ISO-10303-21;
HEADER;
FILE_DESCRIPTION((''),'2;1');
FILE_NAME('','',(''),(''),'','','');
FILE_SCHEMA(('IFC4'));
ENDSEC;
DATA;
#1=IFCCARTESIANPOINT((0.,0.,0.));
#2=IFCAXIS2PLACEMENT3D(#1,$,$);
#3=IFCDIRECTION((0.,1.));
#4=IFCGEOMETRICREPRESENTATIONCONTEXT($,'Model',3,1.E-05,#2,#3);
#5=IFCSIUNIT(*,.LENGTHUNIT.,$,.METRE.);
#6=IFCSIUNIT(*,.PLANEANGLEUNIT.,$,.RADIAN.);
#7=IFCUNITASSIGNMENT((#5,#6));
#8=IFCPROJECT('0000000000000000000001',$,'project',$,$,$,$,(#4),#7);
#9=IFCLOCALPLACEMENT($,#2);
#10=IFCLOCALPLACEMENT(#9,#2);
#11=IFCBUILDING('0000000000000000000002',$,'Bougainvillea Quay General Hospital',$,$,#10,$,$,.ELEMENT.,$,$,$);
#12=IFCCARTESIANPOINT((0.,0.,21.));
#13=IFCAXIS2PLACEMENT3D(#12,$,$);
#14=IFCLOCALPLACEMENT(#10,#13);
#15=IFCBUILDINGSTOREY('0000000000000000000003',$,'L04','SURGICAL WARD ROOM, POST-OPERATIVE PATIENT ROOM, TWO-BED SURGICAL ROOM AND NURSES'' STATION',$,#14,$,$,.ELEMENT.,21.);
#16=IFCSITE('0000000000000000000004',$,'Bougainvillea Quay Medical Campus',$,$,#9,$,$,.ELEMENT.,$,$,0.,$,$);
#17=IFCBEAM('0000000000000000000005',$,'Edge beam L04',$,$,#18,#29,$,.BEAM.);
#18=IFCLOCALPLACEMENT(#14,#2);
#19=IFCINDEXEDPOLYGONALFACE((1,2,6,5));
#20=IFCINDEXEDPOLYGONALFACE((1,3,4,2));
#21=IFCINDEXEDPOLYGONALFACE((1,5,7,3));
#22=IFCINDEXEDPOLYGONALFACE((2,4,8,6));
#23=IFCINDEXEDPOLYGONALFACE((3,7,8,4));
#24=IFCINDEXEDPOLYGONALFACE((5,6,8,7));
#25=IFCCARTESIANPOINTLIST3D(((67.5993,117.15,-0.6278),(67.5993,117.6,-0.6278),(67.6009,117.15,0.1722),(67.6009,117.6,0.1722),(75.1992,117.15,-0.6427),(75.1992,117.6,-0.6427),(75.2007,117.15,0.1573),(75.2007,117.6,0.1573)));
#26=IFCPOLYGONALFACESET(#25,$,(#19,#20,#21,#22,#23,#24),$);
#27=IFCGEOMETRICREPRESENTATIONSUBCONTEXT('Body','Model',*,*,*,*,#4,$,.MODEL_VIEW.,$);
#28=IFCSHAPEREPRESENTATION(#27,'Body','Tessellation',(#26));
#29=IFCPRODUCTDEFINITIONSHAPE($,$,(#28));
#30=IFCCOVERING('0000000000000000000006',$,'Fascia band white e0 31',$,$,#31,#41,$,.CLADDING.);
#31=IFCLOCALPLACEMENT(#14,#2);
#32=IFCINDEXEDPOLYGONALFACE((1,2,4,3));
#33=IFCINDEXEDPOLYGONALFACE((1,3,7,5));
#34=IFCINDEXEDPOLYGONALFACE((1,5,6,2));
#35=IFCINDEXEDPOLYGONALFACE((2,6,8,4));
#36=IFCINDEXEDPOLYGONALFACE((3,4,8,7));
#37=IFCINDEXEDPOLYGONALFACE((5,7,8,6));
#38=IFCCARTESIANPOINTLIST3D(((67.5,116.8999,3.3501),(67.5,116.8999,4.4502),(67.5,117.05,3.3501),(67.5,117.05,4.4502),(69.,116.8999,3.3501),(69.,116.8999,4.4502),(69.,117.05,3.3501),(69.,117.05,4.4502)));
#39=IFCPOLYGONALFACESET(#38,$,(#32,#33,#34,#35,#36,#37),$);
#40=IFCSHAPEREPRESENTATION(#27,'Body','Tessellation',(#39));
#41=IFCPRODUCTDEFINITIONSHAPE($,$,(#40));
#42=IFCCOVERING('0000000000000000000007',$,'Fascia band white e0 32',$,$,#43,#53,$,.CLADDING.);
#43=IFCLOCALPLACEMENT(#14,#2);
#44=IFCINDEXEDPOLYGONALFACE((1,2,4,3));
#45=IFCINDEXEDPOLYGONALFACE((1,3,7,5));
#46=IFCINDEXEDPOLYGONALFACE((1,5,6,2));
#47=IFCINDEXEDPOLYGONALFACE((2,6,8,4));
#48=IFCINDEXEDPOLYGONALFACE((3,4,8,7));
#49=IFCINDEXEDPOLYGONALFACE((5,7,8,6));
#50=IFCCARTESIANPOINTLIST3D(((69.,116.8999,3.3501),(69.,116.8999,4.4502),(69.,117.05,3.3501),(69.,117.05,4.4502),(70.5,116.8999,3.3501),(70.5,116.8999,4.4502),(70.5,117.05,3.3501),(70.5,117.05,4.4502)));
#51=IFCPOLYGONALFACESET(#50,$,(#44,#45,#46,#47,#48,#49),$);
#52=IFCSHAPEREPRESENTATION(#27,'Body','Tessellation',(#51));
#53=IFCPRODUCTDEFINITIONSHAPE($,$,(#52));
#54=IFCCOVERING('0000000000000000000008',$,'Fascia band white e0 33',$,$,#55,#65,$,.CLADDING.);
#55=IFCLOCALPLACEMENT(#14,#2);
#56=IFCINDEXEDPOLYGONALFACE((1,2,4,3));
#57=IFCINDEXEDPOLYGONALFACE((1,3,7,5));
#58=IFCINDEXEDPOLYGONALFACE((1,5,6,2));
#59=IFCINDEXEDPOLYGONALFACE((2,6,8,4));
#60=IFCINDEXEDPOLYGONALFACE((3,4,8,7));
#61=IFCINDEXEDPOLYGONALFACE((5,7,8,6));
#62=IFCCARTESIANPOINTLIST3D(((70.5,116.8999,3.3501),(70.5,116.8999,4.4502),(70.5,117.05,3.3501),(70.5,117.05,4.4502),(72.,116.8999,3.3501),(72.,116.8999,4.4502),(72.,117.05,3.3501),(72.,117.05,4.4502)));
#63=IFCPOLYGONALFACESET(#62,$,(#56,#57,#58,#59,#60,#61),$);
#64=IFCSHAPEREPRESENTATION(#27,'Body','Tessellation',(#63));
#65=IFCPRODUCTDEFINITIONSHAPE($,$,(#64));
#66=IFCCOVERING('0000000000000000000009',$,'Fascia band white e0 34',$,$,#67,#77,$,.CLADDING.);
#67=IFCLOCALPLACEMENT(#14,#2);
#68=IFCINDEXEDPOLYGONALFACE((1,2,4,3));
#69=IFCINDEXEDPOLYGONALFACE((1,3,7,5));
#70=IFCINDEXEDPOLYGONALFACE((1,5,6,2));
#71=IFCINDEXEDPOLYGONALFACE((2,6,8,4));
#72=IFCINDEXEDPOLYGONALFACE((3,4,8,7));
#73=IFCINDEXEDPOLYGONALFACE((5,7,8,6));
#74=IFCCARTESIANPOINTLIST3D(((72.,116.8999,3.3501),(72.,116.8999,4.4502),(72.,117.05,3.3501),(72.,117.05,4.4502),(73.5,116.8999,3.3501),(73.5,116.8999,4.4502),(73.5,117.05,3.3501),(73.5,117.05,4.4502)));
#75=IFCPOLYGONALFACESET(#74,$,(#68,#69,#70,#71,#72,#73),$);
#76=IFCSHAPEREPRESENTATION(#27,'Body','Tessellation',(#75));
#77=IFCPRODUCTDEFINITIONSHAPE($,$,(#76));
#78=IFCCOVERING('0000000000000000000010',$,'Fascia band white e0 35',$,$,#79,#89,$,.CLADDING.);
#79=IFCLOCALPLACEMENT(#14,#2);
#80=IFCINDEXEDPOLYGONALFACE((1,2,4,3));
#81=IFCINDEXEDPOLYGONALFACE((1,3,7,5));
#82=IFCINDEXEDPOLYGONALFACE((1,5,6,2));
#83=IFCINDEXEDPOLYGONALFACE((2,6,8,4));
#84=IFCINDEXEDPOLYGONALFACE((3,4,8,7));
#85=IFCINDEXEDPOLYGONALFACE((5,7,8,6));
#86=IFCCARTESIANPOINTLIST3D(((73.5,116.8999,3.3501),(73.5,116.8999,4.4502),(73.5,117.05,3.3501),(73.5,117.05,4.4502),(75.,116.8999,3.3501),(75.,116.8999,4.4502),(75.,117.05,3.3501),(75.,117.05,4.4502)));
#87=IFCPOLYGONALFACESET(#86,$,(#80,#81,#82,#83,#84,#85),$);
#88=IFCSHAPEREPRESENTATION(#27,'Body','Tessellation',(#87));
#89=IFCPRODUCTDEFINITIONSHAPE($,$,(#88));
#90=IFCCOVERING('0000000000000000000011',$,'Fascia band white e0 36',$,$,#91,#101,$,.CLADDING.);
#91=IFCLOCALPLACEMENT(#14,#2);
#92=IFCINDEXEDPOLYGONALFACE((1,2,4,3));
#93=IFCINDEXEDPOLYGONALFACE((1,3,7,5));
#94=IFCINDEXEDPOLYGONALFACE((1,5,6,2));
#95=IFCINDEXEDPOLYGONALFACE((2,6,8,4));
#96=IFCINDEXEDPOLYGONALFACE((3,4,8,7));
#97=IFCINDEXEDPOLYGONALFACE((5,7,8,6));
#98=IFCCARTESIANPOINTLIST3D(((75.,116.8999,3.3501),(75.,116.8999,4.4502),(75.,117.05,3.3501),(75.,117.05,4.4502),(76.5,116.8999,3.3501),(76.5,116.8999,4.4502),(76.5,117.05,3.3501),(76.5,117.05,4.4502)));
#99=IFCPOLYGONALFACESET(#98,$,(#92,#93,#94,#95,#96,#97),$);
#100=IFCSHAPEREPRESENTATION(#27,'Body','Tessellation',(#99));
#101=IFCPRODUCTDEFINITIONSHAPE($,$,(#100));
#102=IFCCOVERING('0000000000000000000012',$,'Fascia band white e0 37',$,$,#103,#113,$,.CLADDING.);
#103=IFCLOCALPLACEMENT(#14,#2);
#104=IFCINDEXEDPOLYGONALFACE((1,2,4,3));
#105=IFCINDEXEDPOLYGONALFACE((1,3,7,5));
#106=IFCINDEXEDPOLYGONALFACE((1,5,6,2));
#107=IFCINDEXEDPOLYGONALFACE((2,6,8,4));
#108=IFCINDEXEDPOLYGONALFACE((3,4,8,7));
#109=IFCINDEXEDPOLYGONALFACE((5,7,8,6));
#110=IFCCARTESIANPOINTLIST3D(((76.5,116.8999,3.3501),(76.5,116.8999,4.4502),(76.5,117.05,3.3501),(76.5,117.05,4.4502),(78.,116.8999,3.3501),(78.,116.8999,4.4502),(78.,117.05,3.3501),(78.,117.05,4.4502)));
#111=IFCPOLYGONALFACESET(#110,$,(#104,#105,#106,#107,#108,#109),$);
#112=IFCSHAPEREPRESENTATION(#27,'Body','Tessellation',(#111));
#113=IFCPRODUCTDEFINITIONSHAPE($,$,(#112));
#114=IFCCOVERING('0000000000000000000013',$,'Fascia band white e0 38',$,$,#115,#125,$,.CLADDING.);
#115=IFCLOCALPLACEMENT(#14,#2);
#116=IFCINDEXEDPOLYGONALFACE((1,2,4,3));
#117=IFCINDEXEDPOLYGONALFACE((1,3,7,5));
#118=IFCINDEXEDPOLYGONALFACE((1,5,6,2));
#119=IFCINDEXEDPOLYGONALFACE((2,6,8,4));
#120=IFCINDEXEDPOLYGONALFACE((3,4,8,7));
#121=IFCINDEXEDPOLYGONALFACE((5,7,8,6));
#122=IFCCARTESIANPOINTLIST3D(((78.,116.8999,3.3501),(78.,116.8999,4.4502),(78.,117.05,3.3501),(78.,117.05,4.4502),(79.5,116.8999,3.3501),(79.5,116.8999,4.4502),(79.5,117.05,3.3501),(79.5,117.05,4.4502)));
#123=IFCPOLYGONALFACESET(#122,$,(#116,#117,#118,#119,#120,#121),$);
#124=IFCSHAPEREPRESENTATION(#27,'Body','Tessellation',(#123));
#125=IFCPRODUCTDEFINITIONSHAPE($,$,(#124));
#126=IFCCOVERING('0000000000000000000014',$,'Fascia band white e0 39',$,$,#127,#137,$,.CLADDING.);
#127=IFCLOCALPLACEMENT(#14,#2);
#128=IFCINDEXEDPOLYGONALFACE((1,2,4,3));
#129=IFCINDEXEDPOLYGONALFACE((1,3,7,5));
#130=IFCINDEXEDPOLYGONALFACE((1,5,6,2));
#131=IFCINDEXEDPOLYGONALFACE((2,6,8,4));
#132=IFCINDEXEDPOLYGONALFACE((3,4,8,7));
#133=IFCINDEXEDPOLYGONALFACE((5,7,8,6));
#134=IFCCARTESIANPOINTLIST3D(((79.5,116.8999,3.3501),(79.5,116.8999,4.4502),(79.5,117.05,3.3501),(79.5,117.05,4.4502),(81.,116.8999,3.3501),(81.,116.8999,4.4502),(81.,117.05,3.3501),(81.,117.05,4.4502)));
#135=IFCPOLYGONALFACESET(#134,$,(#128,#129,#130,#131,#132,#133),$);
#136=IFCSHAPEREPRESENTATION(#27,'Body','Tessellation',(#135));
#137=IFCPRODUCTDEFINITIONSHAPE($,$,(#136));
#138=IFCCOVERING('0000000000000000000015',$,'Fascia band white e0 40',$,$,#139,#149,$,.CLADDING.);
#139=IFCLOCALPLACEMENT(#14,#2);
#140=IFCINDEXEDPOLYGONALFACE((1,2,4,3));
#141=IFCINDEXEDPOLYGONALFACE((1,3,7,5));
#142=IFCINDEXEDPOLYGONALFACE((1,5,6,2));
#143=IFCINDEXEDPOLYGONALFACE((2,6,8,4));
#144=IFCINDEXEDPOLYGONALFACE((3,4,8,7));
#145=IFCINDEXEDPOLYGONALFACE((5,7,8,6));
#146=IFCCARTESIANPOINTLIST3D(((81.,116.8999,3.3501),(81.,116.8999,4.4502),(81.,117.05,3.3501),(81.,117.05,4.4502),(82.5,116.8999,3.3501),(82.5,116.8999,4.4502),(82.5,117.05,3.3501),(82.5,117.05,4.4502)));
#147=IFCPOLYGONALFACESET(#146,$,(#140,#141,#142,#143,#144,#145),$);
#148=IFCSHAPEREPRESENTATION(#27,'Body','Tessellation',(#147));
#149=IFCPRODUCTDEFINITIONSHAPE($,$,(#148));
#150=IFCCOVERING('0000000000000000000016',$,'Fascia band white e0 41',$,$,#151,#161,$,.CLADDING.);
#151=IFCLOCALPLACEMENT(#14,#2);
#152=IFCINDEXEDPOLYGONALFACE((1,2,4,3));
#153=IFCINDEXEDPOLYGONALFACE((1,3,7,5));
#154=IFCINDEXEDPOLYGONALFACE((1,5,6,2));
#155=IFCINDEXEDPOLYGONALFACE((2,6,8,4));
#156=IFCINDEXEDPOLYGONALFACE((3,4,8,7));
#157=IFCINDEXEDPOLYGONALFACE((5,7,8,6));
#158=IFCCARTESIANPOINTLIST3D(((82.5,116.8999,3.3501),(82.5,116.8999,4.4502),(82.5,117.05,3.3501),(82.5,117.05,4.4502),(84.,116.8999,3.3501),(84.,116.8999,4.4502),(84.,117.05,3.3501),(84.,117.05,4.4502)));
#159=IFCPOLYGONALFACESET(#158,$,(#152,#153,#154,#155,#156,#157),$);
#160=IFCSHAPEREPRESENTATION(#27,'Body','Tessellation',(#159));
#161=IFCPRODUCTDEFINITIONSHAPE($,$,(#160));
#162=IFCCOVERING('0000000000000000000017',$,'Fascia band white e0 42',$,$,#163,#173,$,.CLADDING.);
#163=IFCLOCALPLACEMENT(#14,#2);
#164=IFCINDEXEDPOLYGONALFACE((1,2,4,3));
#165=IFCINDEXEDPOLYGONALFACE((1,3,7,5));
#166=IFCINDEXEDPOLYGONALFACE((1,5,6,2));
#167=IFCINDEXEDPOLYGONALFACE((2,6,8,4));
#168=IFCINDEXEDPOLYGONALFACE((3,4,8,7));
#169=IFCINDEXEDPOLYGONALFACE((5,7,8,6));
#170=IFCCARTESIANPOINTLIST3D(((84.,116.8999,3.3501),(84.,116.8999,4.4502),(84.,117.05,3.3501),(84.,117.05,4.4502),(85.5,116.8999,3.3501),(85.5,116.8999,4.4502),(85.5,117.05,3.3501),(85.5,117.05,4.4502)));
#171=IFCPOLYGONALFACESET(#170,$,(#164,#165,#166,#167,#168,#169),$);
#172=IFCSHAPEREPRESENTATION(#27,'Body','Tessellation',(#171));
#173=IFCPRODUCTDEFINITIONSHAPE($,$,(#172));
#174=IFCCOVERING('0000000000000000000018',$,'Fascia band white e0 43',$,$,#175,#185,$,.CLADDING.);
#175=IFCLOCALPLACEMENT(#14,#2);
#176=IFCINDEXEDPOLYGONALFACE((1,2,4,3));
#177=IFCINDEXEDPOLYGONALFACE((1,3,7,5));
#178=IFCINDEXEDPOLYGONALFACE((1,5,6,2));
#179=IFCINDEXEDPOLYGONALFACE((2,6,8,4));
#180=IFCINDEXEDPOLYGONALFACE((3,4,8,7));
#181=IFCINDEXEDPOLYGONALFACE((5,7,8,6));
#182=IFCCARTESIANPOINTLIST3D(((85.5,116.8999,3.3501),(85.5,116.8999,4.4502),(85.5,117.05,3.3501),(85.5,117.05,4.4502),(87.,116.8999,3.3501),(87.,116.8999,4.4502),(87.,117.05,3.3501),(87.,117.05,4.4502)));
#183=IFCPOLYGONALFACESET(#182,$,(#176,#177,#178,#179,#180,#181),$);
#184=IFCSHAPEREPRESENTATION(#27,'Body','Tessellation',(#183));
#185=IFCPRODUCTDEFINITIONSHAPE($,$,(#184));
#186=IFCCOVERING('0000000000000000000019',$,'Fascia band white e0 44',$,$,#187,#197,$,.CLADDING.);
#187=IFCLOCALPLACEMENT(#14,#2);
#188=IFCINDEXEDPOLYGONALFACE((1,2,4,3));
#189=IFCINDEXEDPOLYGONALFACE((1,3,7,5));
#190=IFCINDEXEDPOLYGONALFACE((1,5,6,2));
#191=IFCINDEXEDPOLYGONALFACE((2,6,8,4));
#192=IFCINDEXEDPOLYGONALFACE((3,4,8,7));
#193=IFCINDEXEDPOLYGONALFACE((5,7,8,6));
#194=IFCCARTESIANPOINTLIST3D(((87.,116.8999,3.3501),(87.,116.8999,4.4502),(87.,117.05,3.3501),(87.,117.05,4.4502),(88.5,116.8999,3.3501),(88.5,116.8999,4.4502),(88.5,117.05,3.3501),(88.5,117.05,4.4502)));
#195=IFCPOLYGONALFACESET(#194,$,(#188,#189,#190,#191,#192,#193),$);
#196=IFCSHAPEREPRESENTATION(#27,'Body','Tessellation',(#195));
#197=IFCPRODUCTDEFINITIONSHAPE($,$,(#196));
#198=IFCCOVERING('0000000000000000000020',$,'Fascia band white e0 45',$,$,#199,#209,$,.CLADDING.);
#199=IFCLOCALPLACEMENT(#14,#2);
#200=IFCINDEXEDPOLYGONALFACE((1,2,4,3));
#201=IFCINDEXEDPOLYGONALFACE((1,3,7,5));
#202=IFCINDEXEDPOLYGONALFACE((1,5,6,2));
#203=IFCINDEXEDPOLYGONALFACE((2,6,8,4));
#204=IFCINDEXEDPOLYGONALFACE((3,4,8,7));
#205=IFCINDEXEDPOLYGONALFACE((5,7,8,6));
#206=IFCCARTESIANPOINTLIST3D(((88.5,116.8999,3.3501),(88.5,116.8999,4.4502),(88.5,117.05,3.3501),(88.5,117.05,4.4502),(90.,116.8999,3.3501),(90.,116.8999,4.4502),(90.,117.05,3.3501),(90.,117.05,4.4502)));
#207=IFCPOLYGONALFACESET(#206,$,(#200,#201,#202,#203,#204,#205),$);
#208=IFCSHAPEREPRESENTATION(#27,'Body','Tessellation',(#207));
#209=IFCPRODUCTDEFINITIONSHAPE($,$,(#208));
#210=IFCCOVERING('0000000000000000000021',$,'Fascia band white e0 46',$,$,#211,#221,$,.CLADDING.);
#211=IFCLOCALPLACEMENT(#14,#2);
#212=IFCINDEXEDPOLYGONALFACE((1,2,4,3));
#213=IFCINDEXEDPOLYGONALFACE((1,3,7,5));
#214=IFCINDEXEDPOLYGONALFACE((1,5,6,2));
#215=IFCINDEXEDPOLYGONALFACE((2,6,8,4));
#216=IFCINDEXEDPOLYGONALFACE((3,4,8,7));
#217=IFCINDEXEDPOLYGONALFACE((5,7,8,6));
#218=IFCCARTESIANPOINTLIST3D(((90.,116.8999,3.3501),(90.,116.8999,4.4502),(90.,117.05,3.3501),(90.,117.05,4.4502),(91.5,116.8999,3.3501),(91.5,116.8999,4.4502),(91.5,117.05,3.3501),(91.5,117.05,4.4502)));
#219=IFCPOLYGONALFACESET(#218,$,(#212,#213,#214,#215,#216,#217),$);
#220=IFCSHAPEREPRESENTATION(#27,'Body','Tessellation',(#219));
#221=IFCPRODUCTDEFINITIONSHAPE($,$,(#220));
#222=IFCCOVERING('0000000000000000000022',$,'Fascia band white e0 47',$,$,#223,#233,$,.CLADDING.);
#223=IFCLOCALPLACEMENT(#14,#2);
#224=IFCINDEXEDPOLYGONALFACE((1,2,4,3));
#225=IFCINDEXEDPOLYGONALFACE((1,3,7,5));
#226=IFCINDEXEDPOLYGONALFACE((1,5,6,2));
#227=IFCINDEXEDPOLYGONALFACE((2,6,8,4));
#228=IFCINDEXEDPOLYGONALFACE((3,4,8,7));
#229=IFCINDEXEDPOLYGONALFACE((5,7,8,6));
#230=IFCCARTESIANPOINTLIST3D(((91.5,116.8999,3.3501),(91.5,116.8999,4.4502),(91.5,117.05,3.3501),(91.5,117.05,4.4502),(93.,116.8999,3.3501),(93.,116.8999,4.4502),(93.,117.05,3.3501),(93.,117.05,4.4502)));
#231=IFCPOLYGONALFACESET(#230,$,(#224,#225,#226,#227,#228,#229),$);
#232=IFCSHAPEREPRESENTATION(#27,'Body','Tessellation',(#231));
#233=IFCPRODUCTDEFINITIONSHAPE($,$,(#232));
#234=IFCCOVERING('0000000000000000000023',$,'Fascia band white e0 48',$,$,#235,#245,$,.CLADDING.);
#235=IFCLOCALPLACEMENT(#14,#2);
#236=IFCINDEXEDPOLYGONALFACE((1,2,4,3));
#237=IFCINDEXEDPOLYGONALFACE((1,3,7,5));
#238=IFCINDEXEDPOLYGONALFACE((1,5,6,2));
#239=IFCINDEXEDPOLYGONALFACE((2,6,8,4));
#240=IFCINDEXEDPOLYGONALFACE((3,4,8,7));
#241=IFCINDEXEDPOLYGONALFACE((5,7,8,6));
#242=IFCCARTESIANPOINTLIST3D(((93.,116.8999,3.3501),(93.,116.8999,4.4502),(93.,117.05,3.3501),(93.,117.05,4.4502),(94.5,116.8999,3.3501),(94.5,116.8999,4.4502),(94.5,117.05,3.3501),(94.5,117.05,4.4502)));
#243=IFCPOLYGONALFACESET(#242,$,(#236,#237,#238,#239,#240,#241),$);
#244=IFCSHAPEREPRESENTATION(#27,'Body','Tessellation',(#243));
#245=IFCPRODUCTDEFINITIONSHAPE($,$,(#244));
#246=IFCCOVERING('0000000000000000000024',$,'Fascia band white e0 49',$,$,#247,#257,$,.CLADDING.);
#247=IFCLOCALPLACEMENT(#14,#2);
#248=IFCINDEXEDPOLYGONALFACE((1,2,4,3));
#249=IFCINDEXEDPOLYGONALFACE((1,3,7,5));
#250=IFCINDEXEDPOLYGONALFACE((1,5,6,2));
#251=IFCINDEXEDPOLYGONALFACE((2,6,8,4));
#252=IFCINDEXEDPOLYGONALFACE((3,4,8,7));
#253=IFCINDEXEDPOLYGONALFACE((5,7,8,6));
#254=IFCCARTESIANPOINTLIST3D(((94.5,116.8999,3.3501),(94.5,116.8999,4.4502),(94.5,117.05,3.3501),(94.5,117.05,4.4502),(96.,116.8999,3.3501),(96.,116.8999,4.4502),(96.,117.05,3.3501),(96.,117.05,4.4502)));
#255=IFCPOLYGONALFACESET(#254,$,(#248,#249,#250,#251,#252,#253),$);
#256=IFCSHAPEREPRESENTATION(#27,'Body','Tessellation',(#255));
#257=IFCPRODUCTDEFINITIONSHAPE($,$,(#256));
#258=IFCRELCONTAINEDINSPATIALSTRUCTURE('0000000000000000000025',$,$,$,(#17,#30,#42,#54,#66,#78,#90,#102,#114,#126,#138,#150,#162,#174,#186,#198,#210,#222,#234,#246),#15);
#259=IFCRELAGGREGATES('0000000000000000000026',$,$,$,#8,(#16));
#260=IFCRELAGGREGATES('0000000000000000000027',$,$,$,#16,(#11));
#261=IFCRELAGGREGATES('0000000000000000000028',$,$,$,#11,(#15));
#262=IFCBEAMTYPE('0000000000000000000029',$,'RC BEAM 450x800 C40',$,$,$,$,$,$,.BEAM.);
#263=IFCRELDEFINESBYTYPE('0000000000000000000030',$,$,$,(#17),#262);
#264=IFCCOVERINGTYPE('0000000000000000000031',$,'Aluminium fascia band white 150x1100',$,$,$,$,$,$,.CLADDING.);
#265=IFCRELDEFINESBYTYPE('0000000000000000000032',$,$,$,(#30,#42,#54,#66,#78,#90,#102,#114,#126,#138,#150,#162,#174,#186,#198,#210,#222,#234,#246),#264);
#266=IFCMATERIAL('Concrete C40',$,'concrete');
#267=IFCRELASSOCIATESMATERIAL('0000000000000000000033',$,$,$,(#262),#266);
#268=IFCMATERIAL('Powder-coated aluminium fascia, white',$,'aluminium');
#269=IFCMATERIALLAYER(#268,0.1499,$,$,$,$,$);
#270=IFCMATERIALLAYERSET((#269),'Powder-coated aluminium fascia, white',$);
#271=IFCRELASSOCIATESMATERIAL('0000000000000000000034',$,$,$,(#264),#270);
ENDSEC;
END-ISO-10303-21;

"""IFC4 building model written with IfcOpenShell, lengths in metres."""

from ifc_helpers import new_model, si_unit, direction, frame, origin, origin_2d, place, context, subcontext, project, spatial, polyline, rectangle, outline, extrude, material, layer, layer_set, material_profile, profile_set, type_object, element, save


model = new_model("IFC4")

# Units and contexts
model_context = context("Model", 3, precision=1e-05, world=origin(), true_north=direction((0.0, 1.0)))
body_context = subcontext(model_context, "Body", "Model", "MODEL_VIEW")
ifc_project = project(units=[si_unit("LENGTHUNIT", "METRE"), si_unit("PLANEANGLEUNIT", "RADIAN")], contexts=[model_context])

# Site, building, storey
site_placement = place(None, origin())
site = spatial("IfcSite", under=ifc_project, at=site_placement, Name="Bougainvillea Quay Medical Campus", CompositionType="ELEMENT", RefElevation=0.0)
building_placement = place(site_placement, origin())
building = spatial("IfcBuilding", under=site, at=building_placement, Name="Bougainvillea Quay General Hospital", CompositionType="ELEMENT")
storey_placement = place(building_placement, frame((0.0, 0.0, 21.0)))
storey = spatial("IfcBuildingStorey", under=building, at=storey_placement, Name="L04", Description="SURGICAL WARD ROOM, POST-OPERATIVE PATIENT ROOM, TWO-BED SURGICAL ROOM AND NURSES' STATION", CompositionType="ELEMENT", Elevation=21.0)

# Beam
ifc_material_1 = material(Name="Concrete C40", Category="concrete")
ifc_material_profile = material_profile(ifc_material_1, rectangle(XDim=0.45, YDim=0.8, at=origin_2d()))
ifc_profile_set = profile_set([ifc_material_profile], Name="Concrete C40")
beam_type = type_object("IfcBeamType", Name="RC BEAM 450x800 C40", PredefinedType="BEAM", material=ifc_profile_set)
beam_placement = place(storey_placement, frame((67.6001, 117.375, -0.2278), z_axis=(0.999998, 0.0, -0.00196), x_axis=(0.0, 1.0, 0.0)))
element("IfcBeam", 1, at=beam_placement, inside=storey, type_object=beam_type, Name="Edge beam L04", PredefinedType="BEAM", context=body_context, shape_type="SweptSolid", body=[
    extrude(rectangle(XDim=0.45, YDim=0.8, at=origin_2d()), origin(), (0.0, 0.0, 1.0), 7.5999),
])

# Coverings
ifc_material_2 = material(Name="Powder-coated aluminium fascia, white", Category="aluminium")
ifc_layer = layer(ifc_material_2, 0.1499)
ifc_layer_set = layer_set([ifc_layer], Name="Powder-coated aluminium fascia, white")
covering_type = type_object("IfcCoveringType", Name="Aluminium fascia band white 150x1100", PredefinedType="CLADDING", material=ifc_layer_set)
for number, where, z_axis, x_axis, name in (
    (2, (67.5, 117.05, 3.3501), (0.0, 0.0, 1.0), (1.0, 0.0, 0.0), "Fascia band white e0 31"),
    (3, (69.0, 117.05, 3.3501), (0.0, 0.0, 1.0), (1.0, 0.0, 0.0), "Fascia band white e0 32"),
    (4, (70.5, 117.05, 3.3501), (0.0, 0.0, 1.0), (1.0, 0.0, 0.0), "Fascia band white e0 33"),
    (5, (72.0, 117.05, 3.3501), (0.0, 0.0, 1.0), (1.0, 0.0, 0.0), "Fascia band white e0 34"),
    (6, (73.5, 117.05, 3.3501), (0.0, 0.0, 1.0), (1.0, 0.0, 0.0), "Fascia band white e0 35"),
    (7, (75.0, 117.05, 3.3501), (0.0, 0.0, 1.0), (1.0, 0.0, 0.0), "Fascia band white e0 36"),
    (8, (76.5, 117.05, 3.3501), (0.0, 0.0, 1.0), (1.0, 0.0, 0.0), "Fascia band white e0 37"),
    (9, (78.0, 117.05, 3.3501), (0.0, 0.0, 1.0), (1.0, 0.0, 0.0), "Fascia band white e0 38"),
    (10, (79.5, 117.05, 3.3501), (0.0, 0.0, 1.0), (1.0, 0.0, 0.0), "Fascia band white e0 39"),
    (11, (81.0, 117.05, 3.3501), (0.0, 0.0, 1.0), (1.0, 0.0, 0.0), "Fascia band white e0 40"),
    (12, (82.5, 117.05, 3.3501), (0.0, 0.0, 1.0), (1.0, 0.0, 0.0), "Fascia band white e0 41"),
    (13, (84.0, 117.05, 3.3501), (0.0, 0.0, 1.0), (1.0, 0.0, 0.0), "Fascia band white e0 42"),
    (14, (85.5, 117.05, 3.3501), (0.0, 0.0, 1.0), (1.0, 0.0, 0.0), "Fascia band white e0 43"),
    (15, (87.0, 117.05, 3.3501), (0.0, 0.0, 1.0), (1.0, 0.0, 0.0), "Fascia band white e0 44"),
    (16, (88.5, 117.05, 3.3501), (0.0, 0.0, 1.0), (1.0, 0.0, 0.0), "Fascia band white e0 45"),
    (17, (90.0, 117.05, 3.3501), (0.0, 0.0, 1.0), (1.0, 0.0, 0.0), "Fascia band white e0 46"),
    (18, (91.5, 117.05, 3.3501), (0.0, 0.0, 1.0), (1.0, 0.0, 0.0), "Fascia band white e0 47"),
    (19, (93.0, 117.05, 3.3501), (0.0, 0.0, 1.0), (1.0, 0.0, 0.0), "Fascia band white e0 48"),
    (20, (94.5, 117.05, 3.3501), (0.0, 0.0, 1.0), (1.0, 0.0, 0.0), "Fascia band white e0 49"),
):
    element("IfcCovering", number, at=place(storey_placement, frame(where, z_axis=z_axis, x_axis=x_axis)), inside=storey, type_object=covering_type, Name=name, PredefinedType="CLADDING", context=body_context, shape_type="SweptSolid", body=[
        extrude(outline(polyline([(0.0, 0.0), (1.5, 0.0), (1.5, -0.1501), (0.0, -0.1501), (0.0, 0.0)])), origin(), (0.0, 0.0, 1.0), 1.1001),
    ])

save(model, "model.ifc")
